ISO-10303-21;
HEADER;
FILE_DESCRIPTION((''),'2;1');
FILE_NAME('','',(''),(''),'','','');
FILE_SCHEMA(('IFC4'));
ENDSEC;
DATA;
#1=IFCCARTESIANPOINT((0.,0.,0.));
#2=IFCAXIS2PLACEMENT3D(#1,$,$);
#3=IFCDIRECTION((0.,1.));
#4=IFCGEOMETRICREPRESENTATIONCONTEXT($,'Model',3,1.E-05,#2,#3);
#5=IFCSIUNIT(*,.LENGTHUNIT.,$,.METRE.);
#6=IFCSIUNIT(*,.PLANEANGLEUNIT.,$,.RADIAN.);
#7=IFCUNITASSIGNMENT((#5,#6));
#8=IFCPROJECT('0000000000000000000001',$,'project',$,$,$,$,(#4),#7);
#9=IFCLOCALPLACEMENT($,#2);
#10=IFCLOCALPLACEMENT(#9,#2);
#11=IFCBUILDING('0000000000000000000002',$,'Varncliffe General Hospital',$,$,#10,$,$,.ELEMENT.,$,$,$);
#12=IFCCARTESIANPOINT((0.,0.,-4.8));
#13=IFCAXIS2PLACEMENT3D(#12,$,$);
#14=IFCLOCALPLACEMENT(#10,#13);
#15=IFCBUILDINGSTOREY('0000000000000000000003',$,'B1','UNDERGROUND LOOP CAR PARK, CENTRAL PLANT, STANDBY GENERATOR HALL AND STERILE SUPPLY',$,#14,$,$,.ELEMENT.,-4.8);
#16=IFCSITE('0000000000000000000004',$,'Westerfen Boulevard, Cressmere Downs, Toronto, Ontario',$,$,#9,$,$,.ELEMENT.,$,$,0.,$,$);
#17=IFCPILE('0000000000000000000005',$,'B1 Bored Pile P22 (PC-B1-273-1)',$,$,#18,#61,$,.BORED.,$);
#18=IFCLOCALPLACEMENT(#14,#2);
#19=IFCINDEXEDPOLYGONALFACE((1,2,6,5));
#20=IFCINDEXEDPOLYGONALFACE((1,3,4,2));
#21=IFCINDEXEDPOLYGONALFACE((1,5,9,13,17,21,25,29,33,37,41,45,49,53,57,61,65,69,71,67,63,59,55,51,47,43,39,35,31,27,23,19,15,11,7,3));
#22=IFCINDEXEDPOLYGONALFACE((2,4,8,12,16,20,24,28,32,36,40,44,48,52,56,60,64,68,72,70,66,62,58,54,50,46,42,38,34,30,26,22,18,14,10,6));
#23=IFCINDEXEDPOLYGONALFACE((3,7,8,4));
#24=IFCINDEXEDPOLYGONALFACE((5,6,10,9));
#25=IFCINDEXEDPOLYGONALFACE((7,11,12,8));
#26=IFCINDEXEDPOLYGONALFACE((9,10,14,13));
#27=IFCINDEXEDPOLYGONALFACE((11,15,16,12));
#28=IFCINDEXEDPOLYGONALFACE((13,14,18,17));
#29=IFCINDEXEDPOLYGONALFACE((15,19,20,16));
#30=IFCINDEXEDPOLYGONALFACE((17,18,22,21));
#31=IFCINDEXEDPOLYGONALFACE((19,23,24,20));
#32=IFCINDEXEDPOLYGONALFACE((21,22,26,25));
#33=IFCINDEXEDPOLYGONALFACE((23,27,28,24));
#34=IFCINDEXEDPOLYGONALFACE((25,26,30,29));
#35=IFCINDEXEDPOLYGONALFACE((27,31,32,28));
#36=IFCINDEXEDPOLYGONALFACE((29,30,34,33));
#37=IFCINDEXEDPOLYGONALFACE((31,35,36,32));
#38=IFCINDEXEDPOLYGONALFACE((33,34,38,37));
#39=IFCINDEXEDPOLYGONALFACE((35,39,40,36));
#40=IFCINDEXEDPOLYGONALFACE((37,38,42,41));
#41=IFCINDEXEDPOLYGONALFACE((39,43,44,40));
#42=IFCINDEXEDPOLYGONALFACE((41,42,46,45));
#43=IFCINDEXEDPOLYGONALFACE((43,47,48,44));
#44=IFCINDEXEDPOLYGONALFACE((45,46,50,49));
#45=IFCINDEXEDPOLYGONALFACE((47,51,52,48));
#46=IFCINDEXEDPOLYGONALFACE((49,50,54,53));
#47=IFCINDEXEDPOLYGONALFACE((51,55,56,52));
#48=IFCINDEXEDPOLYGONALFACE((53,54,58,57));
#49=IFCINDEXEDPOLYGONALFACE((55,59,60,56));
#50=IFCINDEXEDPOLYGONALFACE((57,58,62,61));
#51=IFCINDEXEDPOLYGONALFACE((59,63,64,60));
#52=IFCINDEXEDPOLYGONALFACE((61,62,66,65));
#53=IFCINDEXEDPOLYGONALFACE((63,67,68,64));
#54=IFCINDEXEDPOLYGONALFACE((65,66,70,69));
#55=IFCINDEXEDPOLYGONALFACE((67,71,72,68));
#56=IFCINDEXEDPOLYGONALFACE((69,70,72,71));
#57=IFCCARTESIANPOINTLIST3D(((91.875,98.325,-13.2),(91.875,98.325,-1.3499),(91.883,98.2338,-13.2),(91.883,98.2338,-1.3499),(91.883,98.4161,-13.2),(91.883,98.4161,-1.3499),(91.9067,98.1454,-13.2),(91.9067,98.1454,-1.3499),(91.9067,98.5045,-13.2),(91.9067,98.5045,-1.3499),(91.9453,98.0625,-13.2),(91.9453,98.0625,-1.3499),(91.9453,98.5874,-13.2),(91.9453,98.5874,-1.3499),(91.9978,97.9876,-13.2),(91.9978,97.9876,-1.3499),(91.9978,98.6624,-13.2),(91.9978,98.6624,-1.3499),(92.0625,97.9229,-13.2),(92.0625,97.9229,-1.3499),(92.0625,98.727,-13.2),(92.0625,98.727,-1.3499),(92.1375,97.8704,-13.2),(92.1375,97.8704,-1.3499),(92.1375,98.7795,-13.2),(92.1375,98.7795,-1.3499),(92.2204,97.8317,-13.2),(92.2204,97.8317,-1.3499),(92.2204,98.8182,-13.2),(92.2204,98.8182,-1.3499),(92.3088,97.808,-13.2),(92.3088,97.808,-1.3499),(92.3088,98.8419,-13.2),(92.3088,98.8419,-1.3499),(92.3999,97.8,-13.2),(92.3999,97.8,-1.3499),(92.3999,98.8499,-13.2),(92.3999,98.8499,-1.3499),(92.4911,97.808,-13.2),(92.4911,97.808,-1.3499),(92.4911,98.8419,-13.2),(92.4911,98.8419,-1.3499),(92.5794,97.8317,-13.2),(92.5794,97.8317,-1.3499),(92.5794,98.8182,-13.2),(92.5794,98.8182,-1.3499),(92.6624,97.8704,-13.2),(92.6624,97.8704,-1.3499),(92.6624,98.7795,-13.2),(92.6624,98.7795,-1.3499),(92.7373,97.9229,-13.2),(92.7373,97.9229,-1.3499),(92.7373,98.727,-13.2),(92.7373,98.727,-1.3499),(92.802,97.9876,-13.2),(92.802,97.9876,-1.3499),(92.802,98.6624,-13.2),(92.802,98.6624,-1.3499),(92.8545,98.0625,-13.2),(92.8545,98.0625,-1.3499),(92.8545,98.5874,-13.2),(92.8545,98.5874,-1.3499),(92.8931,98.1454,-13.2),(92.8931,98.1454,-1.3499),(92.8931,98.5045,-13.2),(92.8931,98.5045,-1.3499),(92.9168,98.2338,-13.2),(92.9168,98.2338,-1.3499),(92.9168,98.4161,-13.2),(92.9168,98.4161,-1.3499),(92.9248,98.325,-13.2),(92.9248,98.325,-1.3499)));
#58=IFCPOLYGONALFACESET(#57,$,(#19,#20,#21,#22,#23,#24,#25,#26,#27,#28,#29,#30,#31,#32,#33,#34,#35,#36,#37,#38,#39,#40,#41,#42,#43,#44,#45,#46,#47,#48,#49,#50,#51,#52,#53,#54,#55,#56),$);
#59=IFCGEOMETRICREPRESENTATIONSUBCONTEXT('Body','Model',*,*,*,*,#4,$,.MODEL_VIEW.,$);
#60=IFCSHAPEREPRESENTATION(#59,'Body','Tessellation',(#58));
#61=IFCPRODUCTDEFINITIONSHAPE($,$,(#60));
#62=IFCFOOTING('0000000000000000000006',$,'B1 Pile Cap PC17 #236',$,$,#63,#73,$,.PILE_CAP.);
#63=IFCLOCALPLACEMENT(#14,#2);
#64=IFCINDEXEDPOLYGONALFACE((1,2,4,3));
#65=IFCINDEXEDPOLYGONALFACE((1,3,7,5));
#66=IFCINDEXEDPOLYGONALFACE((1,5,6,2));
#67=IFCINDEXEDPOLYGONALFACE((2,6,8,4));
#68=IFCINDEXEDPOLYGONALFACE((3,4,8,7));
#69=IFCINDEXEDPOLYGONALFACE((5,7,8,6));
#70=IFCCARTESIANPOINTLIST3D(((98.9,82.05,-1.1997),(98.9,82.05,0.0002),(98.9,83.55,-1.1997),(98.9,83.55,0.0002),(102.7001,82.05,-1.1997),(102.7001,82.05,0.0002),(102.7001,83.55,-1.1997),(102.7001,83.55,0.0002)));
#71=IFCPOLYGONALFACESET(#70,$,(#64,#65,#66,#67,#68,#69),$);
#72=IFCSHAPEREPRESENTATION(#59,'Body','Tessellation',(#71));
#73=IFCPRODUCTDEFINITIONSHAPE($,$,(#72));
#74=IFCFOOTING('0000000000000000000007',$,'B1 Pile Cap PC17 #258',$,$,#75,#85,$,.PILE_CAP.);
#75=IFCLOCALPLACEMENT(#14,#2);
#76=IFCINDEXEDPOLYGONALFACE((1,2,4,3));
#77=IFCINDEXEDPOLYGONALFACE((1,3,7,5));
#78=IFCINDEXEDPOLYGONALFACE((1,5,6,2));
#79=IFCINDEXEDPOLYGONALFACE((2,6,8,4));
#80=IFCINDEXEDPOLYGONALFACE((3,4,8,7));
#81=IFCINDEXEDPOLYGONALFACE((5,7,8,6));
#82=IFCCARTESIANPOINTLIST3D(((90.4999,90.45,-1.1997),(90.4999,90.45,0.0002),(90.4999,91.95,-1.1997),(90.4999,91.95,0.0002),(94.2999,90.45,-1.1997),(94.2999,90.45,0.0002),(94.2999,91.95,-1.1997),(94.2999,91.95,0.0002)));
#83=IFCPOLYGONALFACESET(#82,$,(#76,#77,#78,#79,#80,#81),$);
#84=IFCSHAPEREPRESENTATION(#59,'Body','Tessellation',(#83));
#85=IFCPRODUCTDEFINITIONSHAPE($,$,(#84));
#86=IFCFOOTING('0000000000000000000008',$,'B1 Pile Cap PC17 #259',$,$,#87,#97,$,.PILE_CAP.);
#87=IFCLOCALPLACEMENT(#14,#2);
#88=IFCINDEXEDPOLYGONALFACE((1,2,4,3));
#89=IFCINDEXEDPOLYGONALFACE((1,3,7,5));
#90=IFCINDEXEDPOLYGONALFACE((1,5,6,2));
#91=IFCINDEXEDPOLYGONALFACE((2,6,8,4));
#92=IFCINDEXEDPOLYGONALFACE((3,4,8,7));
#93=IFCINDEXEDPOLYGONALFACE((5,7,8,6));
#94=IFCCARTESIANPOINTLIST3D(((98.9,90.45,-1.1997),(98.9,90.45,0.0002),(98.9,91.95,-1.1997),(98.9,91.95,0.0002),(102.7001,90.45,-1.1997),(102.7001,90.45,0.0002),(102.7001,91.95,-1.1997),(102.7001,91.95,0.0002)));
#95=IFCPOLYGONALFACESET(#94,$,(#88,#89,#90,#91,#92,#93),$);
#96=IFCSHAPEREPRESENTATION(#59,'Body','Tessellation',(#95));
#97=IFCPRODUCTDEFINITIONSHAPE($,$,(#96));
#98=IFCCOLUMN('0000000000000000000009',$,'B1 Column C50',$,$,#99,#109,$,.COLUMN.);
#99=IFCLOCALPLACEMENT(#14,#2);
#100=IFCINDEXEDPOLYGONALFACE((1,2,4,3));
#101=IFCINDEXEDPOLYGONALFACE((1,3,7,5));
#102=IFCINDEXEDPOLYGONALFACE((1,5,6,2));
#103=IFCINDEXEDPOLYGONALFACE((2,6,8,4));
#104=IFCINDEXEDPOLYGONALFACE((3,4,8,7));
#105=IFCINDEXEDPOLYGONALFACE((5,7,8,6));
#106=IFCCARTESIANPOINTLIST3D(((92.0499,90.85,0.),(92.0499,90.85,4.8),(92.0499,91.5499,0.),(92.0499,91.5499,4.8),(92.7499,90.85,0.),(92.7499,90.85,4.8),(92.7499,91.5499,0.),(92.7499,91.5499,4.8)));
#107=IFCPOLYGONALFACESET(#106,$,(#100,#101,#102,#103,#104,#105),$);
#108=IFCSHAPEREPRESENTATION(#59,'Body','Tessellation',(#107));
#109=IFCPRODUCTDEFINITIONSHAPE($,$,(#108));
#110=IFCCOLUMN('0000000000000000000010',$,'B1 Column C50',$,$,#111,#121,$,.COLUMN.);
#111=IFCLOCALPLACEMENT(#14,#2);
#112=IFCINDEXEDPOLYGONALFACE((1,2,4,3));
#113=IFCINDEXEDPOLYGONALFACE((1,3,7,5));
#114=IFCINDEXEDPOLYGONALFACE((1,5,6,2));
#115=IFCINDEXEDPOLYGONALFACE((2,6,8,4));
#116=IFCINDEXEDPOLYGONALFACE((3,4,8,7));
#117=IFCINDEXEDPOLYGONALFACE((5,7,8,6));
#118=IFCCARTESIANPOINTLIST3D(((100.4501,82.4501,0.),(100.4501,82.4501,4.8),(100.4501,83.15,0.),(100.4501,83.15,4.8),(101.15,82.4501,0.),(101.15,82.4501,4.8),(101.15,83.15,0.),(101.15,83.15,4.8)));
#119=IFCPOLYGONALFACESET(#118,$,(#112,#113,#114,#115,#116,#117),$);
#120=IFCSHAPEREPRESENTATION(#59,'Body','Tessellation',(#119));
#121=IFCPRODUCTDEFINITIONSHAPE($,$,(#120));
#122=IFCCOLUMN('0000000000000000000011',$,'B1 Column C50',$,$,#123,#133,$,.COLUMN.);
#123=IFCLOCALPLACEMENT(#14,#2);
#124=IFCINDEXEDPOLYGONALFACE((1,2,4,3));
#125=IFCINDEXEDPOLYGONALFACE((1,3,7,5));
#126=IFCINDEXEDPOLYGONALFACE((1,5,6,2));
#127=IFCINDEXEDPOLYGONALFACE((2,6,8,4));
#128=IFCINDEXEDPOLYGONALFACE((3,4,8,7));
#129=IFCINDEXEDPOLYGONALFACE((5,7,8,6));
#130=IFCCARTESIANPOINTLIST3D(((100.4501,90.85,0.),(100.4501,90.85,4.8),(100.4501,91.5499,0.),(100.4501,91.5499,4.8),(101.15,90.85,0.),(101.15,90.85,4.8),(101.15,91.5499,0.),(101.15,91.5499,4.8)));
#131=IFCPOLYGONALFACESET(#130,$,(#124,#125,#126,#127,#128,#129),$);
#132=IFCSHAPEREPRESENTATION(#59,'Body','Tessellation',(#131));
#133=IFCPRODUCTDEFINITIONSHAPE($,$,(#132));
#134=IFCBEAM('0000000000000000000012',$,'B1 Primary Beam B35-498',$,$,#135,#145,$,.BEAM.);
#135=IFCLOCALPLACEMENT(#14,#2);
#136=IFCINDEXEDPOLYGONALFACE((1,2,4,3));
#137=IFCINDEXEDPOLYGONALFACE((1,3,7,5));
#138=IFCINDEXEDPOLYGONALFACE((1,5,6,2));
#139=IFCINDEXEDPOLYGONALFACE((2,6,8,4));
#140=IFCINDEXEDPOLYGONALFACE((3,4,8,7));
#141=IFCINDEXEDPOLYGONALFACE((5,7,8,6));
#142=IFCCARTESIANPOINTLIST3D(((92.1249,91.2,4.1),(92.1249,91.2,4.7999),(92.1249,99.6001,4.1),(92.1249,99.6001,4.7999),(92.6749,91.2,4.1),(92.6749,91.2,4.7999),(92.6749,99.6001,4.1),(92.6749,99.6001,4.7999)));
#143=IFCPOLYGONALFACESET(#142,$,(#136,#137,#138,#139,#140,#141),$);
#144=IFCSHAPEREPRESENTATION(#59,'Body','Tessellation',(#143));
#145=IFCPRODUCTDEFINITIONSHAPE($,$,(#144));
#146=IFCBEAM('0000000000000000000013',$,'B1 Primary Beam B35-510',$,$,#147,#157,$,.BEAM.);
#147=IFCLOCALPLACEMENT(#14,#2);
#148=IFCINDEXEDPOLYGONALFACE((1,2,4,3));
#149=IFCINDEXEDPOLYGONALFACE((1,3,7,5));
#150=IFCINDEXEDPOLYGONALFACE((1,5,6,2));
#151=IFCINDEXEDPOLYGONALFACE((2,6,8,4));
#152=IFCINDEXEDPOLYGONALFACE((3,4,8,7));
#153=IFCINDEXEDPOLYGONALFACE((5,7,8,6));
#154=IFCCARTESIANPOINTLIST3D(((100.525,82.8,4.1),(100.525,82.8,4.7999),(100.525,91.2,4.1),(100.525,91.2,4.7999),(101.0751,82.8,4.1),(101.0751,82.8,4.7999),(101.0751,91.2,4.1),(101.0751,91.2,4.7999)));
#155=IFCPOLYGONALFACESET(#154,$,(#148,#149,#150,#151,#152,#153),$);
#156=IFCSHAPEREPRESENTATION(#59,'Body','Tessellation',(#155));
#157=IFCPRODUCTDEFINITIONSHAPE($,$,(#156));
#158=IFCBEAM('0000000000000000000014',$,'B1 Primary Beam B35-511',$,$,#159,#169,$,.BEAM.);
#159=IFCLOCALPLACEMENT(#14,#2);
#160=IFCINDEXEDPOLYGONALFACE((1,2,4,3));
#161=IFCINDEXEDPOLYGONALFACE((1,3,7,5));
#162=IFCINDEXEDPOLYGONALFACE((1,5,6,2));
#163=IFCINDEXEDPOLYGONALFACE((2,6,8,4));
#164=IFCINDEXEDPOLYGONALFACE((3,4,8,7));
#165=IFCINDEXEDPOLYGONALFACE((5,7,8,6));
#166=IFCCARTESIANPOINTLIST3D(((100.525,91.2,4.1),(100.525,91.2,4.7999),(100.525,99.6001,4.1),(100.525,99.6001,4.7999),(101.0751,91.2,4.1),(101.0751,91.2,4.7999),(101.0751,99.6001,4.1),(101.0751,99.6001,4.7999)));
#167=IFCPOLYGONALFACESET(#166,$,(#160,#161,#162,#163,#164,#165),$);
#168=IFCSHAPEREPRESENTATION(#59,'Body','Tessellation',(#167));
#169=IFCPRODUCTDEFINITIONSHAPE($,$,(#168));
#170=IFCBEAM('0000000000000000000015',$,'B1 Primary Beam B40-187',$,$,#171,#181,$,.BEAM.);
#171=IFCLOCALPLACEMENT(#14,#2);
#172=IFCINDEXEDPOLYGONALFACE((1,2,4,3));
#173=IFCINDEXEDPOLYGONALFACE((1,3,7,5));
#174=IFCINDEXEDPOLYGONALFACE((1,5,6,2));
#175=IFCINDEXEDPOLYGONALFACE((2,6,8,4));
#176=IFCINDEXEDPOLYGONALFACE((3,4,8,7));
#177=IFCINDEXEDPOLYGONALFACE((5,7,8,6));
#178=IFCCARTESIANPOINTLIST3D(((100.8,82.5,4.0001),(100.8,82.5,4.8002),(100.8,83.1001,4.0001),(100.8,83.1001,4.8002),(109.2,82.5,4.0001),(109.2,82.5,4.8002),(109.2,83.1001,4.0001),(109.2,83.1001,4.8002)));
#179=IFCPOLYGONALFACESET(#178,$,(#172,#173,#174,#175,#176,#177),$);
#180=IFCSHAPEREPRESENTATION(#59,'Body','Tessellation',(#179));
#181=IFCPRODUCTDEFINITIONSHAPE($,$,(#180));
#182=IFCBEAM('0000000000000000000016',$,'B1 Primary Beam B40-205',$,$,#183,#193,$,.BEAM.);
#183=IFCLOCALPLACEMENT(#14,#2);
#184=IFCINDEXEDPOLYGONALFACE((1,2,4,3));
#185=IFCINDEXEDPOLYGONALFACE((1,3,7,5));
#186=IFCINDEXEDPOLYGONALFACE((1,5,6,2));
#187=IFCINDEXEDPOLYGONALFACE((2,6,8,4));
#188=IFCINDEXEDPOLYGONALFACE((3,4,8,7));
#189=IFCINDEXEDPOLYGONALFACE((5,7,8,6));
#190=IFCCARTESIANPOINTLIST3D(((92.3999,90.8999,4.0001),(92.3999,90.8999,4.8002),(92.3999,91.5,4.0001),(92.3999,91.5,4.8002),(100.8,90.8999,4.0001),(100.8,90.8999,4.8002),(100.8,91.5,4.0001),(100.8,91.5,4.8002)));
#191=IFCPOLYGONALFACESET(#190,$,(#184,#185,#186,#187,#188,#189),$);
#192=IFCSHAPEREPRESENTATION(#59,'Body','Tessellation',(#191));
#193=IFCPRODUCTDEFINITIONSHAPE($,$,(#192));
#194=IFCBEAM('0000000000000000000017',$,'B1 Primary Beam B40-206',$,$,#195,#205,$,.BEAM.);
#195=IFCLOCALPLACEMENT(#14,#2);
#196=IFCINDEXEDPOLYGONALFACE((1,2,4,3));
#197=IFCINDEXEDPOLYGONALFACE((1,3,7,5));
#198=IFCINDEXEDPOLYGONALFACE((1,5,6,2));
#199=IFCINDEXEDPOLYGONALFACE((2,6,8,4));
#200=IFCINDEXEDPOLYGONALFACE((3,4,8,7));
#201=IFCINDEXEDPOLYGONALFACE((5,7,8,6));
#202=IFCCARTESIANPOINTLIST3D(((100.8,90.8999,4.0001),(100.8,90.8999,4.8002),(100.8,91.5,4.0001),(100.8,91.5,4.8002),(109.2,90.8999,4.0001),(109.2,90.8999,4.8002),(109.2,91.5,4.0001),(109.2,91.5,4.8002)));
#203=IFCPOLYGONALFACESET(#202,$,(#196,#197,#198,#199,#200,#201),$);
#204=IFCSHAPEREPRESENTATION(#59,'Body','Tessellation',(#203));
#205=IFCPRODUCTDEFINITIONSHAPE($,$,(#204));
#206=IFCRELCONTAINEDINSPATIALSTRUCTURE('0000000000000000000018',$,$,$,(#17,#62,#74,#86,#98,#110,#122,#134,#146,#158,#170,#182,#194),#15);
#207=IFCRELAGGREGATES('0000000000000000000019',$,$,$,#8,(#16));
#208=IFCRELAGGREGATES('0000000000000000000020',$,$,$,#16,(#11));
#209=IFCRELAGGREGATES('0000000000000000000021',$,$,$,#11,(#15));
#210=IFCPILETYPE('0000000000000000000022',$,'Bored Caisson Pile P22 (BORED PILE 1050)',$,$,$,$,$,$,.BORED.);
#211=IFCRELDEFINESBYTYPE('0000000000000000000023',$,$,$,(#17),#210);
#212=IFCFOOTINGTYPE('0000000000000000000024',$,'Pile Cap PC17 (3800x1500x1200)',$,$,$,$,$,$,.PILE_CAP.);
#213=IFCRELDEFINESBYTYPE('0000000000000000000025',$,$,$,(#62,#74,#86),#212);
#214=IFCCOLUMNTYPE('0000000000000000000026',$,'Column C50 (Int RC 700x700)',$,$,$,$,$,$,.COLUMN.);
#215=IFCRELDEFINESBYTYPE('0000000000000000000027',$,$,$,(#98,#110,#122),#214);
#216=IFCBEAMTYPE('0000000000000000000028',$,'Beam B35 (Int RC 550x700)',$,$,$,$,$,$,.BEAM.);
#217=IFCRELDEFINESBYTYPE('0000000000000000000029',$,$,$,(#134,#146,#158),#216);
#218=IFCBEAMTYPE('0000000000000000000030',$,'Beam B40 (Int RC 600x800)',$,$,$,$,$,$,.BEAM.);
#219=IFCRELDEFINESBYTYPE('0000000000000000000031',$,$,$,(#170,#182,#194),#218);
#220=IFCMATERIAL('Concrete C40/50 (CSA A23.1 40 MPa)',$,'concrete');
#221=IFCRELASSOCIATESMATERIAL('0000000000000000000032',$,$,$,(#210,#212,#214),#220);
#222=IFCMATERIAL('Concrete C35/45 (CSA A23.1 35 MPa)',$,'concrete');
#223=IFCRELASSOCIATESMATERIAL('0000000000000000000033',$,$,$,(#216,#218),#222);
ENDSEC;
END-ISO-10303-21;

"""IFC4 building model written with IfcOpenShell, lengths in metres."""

from ifc_helpers import new_model, si_unit, direction, frame, origin, origin_2d, place, context, subcontext, project, spatial, rectangle, circle, extrude, material, material_profile, profile_set, type_object, element, save


model = new_model("IFC4")

# Units and contexts
model_context = context("Model", 3, precision=1e-05, world=origin(), true_north=direction((0.0, 1.0)))
body_context = subcontext(model_context, "Body", "Model", "MODEL_VIEW")
ifc_project = project(units=[si_unit("LENGTHUNIT", "METRE"), si_unit("PLANEANGLEUNIT", "RADIAN")], contexts=[model_context])

# Site, building, storey
site_placement = place(None, origin())
site = spatial("IfcSite", under=ifc_project, at=site_placement, Name="Westerfen Boulevard, Cressmere Downs, Toronto, Ontario", CompositionType="ELEMENT", RefElevation=0.0)
building_placement = place(site_placement, origin())
building = spatial("IfcBuilding", under=site, at=building_placement, Name="Varncliffe General Hospital", CompositionType="ELEMENT")
storey_placement = place(building_placement, frame((0.0, 0.0, -4.8)))
storey = spatial("IfcBuildingStorey", under=building, at=storey_placement, Name="B1", Description="UNDERGROUND LOOP CAR PARK, CENTRAL PLANT, STANDBY GENERATOR HALL AND STERILE SUPPLY", CompositionType="ELEMENT", Elevation=-4.8)

# Pile
ifc_material_1 = material(Name="Concrete C40/50 (CSA A23.1 40 MPa)", Category="concrete")
ifc_material_profile_1 = material_profile(ifc_material_1, circle(Radius=0.5249, at=origin_2d()), Name="BORED PILE 1050")
ifc_profile_set_1 = profile_set([ifc_material_profile_1], Name="Concrete C40/50 (CSA A23.1 40 MPa)")
pile_type_1 = type_object("IfcPileType", Name="Bored Caisson Pile P22 (BORED PILE 1050)", PredefinedType="BORED", material=ifc_profile_set_1)
pile_placement = place(storey_placement, frame((92.3999, 98.325, -1.3499), z_axis=(0.0, 0.0, -1.0), x_axis=(1.0, 0.0, 0.0)))
element("IfcPile", 1, at=pile_placement, inside=storey, type_object=pile_type_1, Name="B1 Bored Pile P22 (PC-B1-273-1)", PredefinedType="BORED", context=body_context, shape_type="SweptSolid", body=[
    extrude(circle(Radius=0.5249, at=origin_2d()), origin(), (0.0, 0.0, 1.0), 11.8501),
])

# Footings
footing_type = type_object("IfcFootingType", Name="Pile Cap PC17 (3800x1500x1200)", PredefinedType="PILE_CAP", material=ifc_material_1)
for number, where, z_axis, x_axis, name in (
    (2, (100.8, 82.8, -1.1997), (0.0, 0.0, 1.0), (1.0, 0.0, 0.0), "B1 Pile Cap PC17 #236"),
    (3, (92.3999, 91.2, -1.1997), (0.0, 0.0, 1.0), (1.0, 0.0, 0.0), "B1 Pile Cap PC17 #258"),
    (4, (100.8, 91.2, -1.1997), (0.0, 0.0, 1.0), (1.0, 0.0, 0.0), "B1 Pile Cap PC17 #259"),
):
    element("IfcFooting", number, at=place(storey_placement, frame(where, z_axis=z_axis, x_axis=x_axis)), inside=storey, type_object=footing_type, Name=name, PredefinedType="PILE_CAP", context=body_context, shape_type="SweptSolid", body=[
        extrude(rectangle(XDim=3.8, YDim=1.5, at=origin_2d()), origin(), (0.0, 0.0, 1.0), 1.2),
    ])

# Columns
ifc_material_profile_2 = material_profile(ifc_material_1, rectangle(XDim=0.7, YDim=0.7, at=origin_2d()), Name="RC 700x700")
ifc_profile_set_2 = profile_set([ifc_material_profile_2], Name="Concrete C40/50 (CSA A23.1 40 MPa)")
column_type = type_object("IfcColumnType", Name="Column C50 (Int RC 700x700)", PredefinedType="COLUMN", material=ifc_profile_set_2)
for number, where, z_axis, x_axis, name in (
    (5, (92.3999, 91.2, 0.0), (0.0, 0.0, 1.0), (1.0, 0.0, 0.0), "B1 Column C50"),
    (6, (100.8, 82.8, 0.0), (0.0, 0.0, 1.0), (1.0, 0.0, 0.0), "B1 Column C50"),
    (7, (100.8, 91.2, 0.0), (0.0, 0.0, 1.0), (1.0, 0.0, 0.0), "B1 Column C50"),
):
    element("IfcColumn", number, at=place(storey_placement, frame(where, z_axis=z_axis, x_axis=x_axis)), inside=storey, type_object=column_type, Name=name, PredefinedType="COLUMN", context=body_context, shape_type="SweptSolid", body=[
        extrude(rectangle(XDim=0.7, YDim=0.7, at=origin_2d()), origin(), (0.0, 0.0, 1.0), 4.8),
    ])

# Beams
ifc_material_2 = material(Name="Concrete C35/45 (CSA A23.1 35 MPa)", Category="concrete")
ifc_material_profile_3 = material_profile(ifc_material_2, rectangle(XDim=0.55, YDim=0.7, at=origin_2d()), Name="RC 550x700")
ifc_profile_set_3 = profile_set([ifc_material_profile_3], Name="Concrete C35/45 (CSA A23.1 35 MPa)")
beam_type_1 = type_object("IfcBeamType", Name="Beam B35 (Int RC 550x700)", PredefinedType="BEAM", material=ifc_profile_set_3)
beam_1_placement = place(storey_placement, frame((92.3999, 91.2, 4.45), z_axis=(0.0, 1.0, 0.0), x_axis=(-1.0, 0.0, 0.0)))
element("IfcBeam", 8, at=beam_1_placement, inside=storey, type_object=beam_type_1, Name="B1 Primary Beam B35-498", PredefinedType="BEAM", context=body_context, shape_type="SweptSolid", body=[
    extrude(rectangle(XDim=0.55, YDim=0.7, at=origin_2d()), origin(), (0.0, 0.0, 1.0), 8.4001),
])
beam_2_placement = place(storey_placement, frame((100.8, 82.8, 4.45), z_axis=(0.0, 1.0, 0.0), x_axis=(-1.0, 0.0, 0.0)))
element("IfcBeam", 9, at=beam_2_placement, inside=storey, type_object=beam_type_1, Name="B1 Primary Beam B35-510", PredefinedType="BEAM", context=body_context, shape_type="SweptSolid", body=[
    extrude(rectangle(XDim=0.55, YDim=0.7, at=origin_2d()), origin(), (0.0, 0.0, 1.0), 8.3999),
])
beam_3_placement = place(storey_placement, frame((100.8, 91.2, 4.45), z_axis=(0.0, 1.0, 0.0), x_axis=(-1.0, 0.0, 0.0)))
element("IfcBeam", 10, at=beam_3_placement, inside=storey, type_object=beam_type_1, Name="B1 Primary Beam B35-511", PredefinedType="BEAM", context=body_context, shape_type="SweptSolid", body=[
    extrude(rectangle(XDim=0.55, YDim=0.7, at=origin_2d()), origin(), (0.0, 0.0, 1.0), 8.4001),
])
ifc_material_profile_4 = material_profile(ifc_material_2, rectangle(XDim=0.6001, YDim=0.8, at=origin_2d()), Name="RC 600x800")
ifc_profile_set_4 = profile_set([ifc_material_profile_4], Name="Concrete C35/45 (CSA A23.1 35 MPa)")
beam_type_2 = type_object("IfcBeamType", Name="Beam B40 (Int RC 600x800)", PredefinedType="BEAM", material=ifc_profile_set_4)
beam_4_placement = place(storey_placement, frame((100.8, 82.8, 4.4001), z_axis=(1.0, 0.0, 0.0), x_axis=(0.0, 1.0, 0.0)))
element("IfcBeam", 11, at=beam_4_placement, inside=storey, type_object=beam_type_2, Name="B1 Primary Beam B40-187", PredefinedType="BEAM", context=body_context, shape_type="SweptSolid", body=[
    extrude(rectangle(XDim=0.6001, YDim=0.8, at=origin_2d()), origin(), (0.0, 0.0, 1.0), 8.3999),
])
beam_5_placement = place(storey_placement, frame((92.3999, 91.2, 4.4001), z_axis=(1.0, 0.0, 0.0), x_axis=(0.0, 1.0, 0.0)))
element("IfcBeam", 12, at=beam_5_placement, inside=storey, type_object=beam_type_2, Name="B1 Primary Beam B40-205", PredefinedType="BEAM", context=body_context, shape_type="SweptSolid", body=[
    extrude(rectangle(XDim=0.6001, YDim=0.8, at=origin_2d()), origin(), (0.0, 0.0, 1.0), 8.4001),
])
beam_6_placement = place(storey_placement, frame((100.8, 91.2, 4.4001), z_axis=(1.0, 0.0, 0.0), x_axis=(0.0, 1.0, 0.0)))
element("IfcBeam", 13, at=beam_6_placement, inside=storey, type_object=beam_type_2, Name="B1 Primary Beam B40-206", PredefinedType="BEAM", context=body_context, shape_type="SweptSolid", body=[
    extrude(rectangle(XDim=0.6001, YDim=0.8, at=origin_2d()), origin(), (0.0, 0.0, 1.0), 8.3999),
])

save(model, "model.ifc")
